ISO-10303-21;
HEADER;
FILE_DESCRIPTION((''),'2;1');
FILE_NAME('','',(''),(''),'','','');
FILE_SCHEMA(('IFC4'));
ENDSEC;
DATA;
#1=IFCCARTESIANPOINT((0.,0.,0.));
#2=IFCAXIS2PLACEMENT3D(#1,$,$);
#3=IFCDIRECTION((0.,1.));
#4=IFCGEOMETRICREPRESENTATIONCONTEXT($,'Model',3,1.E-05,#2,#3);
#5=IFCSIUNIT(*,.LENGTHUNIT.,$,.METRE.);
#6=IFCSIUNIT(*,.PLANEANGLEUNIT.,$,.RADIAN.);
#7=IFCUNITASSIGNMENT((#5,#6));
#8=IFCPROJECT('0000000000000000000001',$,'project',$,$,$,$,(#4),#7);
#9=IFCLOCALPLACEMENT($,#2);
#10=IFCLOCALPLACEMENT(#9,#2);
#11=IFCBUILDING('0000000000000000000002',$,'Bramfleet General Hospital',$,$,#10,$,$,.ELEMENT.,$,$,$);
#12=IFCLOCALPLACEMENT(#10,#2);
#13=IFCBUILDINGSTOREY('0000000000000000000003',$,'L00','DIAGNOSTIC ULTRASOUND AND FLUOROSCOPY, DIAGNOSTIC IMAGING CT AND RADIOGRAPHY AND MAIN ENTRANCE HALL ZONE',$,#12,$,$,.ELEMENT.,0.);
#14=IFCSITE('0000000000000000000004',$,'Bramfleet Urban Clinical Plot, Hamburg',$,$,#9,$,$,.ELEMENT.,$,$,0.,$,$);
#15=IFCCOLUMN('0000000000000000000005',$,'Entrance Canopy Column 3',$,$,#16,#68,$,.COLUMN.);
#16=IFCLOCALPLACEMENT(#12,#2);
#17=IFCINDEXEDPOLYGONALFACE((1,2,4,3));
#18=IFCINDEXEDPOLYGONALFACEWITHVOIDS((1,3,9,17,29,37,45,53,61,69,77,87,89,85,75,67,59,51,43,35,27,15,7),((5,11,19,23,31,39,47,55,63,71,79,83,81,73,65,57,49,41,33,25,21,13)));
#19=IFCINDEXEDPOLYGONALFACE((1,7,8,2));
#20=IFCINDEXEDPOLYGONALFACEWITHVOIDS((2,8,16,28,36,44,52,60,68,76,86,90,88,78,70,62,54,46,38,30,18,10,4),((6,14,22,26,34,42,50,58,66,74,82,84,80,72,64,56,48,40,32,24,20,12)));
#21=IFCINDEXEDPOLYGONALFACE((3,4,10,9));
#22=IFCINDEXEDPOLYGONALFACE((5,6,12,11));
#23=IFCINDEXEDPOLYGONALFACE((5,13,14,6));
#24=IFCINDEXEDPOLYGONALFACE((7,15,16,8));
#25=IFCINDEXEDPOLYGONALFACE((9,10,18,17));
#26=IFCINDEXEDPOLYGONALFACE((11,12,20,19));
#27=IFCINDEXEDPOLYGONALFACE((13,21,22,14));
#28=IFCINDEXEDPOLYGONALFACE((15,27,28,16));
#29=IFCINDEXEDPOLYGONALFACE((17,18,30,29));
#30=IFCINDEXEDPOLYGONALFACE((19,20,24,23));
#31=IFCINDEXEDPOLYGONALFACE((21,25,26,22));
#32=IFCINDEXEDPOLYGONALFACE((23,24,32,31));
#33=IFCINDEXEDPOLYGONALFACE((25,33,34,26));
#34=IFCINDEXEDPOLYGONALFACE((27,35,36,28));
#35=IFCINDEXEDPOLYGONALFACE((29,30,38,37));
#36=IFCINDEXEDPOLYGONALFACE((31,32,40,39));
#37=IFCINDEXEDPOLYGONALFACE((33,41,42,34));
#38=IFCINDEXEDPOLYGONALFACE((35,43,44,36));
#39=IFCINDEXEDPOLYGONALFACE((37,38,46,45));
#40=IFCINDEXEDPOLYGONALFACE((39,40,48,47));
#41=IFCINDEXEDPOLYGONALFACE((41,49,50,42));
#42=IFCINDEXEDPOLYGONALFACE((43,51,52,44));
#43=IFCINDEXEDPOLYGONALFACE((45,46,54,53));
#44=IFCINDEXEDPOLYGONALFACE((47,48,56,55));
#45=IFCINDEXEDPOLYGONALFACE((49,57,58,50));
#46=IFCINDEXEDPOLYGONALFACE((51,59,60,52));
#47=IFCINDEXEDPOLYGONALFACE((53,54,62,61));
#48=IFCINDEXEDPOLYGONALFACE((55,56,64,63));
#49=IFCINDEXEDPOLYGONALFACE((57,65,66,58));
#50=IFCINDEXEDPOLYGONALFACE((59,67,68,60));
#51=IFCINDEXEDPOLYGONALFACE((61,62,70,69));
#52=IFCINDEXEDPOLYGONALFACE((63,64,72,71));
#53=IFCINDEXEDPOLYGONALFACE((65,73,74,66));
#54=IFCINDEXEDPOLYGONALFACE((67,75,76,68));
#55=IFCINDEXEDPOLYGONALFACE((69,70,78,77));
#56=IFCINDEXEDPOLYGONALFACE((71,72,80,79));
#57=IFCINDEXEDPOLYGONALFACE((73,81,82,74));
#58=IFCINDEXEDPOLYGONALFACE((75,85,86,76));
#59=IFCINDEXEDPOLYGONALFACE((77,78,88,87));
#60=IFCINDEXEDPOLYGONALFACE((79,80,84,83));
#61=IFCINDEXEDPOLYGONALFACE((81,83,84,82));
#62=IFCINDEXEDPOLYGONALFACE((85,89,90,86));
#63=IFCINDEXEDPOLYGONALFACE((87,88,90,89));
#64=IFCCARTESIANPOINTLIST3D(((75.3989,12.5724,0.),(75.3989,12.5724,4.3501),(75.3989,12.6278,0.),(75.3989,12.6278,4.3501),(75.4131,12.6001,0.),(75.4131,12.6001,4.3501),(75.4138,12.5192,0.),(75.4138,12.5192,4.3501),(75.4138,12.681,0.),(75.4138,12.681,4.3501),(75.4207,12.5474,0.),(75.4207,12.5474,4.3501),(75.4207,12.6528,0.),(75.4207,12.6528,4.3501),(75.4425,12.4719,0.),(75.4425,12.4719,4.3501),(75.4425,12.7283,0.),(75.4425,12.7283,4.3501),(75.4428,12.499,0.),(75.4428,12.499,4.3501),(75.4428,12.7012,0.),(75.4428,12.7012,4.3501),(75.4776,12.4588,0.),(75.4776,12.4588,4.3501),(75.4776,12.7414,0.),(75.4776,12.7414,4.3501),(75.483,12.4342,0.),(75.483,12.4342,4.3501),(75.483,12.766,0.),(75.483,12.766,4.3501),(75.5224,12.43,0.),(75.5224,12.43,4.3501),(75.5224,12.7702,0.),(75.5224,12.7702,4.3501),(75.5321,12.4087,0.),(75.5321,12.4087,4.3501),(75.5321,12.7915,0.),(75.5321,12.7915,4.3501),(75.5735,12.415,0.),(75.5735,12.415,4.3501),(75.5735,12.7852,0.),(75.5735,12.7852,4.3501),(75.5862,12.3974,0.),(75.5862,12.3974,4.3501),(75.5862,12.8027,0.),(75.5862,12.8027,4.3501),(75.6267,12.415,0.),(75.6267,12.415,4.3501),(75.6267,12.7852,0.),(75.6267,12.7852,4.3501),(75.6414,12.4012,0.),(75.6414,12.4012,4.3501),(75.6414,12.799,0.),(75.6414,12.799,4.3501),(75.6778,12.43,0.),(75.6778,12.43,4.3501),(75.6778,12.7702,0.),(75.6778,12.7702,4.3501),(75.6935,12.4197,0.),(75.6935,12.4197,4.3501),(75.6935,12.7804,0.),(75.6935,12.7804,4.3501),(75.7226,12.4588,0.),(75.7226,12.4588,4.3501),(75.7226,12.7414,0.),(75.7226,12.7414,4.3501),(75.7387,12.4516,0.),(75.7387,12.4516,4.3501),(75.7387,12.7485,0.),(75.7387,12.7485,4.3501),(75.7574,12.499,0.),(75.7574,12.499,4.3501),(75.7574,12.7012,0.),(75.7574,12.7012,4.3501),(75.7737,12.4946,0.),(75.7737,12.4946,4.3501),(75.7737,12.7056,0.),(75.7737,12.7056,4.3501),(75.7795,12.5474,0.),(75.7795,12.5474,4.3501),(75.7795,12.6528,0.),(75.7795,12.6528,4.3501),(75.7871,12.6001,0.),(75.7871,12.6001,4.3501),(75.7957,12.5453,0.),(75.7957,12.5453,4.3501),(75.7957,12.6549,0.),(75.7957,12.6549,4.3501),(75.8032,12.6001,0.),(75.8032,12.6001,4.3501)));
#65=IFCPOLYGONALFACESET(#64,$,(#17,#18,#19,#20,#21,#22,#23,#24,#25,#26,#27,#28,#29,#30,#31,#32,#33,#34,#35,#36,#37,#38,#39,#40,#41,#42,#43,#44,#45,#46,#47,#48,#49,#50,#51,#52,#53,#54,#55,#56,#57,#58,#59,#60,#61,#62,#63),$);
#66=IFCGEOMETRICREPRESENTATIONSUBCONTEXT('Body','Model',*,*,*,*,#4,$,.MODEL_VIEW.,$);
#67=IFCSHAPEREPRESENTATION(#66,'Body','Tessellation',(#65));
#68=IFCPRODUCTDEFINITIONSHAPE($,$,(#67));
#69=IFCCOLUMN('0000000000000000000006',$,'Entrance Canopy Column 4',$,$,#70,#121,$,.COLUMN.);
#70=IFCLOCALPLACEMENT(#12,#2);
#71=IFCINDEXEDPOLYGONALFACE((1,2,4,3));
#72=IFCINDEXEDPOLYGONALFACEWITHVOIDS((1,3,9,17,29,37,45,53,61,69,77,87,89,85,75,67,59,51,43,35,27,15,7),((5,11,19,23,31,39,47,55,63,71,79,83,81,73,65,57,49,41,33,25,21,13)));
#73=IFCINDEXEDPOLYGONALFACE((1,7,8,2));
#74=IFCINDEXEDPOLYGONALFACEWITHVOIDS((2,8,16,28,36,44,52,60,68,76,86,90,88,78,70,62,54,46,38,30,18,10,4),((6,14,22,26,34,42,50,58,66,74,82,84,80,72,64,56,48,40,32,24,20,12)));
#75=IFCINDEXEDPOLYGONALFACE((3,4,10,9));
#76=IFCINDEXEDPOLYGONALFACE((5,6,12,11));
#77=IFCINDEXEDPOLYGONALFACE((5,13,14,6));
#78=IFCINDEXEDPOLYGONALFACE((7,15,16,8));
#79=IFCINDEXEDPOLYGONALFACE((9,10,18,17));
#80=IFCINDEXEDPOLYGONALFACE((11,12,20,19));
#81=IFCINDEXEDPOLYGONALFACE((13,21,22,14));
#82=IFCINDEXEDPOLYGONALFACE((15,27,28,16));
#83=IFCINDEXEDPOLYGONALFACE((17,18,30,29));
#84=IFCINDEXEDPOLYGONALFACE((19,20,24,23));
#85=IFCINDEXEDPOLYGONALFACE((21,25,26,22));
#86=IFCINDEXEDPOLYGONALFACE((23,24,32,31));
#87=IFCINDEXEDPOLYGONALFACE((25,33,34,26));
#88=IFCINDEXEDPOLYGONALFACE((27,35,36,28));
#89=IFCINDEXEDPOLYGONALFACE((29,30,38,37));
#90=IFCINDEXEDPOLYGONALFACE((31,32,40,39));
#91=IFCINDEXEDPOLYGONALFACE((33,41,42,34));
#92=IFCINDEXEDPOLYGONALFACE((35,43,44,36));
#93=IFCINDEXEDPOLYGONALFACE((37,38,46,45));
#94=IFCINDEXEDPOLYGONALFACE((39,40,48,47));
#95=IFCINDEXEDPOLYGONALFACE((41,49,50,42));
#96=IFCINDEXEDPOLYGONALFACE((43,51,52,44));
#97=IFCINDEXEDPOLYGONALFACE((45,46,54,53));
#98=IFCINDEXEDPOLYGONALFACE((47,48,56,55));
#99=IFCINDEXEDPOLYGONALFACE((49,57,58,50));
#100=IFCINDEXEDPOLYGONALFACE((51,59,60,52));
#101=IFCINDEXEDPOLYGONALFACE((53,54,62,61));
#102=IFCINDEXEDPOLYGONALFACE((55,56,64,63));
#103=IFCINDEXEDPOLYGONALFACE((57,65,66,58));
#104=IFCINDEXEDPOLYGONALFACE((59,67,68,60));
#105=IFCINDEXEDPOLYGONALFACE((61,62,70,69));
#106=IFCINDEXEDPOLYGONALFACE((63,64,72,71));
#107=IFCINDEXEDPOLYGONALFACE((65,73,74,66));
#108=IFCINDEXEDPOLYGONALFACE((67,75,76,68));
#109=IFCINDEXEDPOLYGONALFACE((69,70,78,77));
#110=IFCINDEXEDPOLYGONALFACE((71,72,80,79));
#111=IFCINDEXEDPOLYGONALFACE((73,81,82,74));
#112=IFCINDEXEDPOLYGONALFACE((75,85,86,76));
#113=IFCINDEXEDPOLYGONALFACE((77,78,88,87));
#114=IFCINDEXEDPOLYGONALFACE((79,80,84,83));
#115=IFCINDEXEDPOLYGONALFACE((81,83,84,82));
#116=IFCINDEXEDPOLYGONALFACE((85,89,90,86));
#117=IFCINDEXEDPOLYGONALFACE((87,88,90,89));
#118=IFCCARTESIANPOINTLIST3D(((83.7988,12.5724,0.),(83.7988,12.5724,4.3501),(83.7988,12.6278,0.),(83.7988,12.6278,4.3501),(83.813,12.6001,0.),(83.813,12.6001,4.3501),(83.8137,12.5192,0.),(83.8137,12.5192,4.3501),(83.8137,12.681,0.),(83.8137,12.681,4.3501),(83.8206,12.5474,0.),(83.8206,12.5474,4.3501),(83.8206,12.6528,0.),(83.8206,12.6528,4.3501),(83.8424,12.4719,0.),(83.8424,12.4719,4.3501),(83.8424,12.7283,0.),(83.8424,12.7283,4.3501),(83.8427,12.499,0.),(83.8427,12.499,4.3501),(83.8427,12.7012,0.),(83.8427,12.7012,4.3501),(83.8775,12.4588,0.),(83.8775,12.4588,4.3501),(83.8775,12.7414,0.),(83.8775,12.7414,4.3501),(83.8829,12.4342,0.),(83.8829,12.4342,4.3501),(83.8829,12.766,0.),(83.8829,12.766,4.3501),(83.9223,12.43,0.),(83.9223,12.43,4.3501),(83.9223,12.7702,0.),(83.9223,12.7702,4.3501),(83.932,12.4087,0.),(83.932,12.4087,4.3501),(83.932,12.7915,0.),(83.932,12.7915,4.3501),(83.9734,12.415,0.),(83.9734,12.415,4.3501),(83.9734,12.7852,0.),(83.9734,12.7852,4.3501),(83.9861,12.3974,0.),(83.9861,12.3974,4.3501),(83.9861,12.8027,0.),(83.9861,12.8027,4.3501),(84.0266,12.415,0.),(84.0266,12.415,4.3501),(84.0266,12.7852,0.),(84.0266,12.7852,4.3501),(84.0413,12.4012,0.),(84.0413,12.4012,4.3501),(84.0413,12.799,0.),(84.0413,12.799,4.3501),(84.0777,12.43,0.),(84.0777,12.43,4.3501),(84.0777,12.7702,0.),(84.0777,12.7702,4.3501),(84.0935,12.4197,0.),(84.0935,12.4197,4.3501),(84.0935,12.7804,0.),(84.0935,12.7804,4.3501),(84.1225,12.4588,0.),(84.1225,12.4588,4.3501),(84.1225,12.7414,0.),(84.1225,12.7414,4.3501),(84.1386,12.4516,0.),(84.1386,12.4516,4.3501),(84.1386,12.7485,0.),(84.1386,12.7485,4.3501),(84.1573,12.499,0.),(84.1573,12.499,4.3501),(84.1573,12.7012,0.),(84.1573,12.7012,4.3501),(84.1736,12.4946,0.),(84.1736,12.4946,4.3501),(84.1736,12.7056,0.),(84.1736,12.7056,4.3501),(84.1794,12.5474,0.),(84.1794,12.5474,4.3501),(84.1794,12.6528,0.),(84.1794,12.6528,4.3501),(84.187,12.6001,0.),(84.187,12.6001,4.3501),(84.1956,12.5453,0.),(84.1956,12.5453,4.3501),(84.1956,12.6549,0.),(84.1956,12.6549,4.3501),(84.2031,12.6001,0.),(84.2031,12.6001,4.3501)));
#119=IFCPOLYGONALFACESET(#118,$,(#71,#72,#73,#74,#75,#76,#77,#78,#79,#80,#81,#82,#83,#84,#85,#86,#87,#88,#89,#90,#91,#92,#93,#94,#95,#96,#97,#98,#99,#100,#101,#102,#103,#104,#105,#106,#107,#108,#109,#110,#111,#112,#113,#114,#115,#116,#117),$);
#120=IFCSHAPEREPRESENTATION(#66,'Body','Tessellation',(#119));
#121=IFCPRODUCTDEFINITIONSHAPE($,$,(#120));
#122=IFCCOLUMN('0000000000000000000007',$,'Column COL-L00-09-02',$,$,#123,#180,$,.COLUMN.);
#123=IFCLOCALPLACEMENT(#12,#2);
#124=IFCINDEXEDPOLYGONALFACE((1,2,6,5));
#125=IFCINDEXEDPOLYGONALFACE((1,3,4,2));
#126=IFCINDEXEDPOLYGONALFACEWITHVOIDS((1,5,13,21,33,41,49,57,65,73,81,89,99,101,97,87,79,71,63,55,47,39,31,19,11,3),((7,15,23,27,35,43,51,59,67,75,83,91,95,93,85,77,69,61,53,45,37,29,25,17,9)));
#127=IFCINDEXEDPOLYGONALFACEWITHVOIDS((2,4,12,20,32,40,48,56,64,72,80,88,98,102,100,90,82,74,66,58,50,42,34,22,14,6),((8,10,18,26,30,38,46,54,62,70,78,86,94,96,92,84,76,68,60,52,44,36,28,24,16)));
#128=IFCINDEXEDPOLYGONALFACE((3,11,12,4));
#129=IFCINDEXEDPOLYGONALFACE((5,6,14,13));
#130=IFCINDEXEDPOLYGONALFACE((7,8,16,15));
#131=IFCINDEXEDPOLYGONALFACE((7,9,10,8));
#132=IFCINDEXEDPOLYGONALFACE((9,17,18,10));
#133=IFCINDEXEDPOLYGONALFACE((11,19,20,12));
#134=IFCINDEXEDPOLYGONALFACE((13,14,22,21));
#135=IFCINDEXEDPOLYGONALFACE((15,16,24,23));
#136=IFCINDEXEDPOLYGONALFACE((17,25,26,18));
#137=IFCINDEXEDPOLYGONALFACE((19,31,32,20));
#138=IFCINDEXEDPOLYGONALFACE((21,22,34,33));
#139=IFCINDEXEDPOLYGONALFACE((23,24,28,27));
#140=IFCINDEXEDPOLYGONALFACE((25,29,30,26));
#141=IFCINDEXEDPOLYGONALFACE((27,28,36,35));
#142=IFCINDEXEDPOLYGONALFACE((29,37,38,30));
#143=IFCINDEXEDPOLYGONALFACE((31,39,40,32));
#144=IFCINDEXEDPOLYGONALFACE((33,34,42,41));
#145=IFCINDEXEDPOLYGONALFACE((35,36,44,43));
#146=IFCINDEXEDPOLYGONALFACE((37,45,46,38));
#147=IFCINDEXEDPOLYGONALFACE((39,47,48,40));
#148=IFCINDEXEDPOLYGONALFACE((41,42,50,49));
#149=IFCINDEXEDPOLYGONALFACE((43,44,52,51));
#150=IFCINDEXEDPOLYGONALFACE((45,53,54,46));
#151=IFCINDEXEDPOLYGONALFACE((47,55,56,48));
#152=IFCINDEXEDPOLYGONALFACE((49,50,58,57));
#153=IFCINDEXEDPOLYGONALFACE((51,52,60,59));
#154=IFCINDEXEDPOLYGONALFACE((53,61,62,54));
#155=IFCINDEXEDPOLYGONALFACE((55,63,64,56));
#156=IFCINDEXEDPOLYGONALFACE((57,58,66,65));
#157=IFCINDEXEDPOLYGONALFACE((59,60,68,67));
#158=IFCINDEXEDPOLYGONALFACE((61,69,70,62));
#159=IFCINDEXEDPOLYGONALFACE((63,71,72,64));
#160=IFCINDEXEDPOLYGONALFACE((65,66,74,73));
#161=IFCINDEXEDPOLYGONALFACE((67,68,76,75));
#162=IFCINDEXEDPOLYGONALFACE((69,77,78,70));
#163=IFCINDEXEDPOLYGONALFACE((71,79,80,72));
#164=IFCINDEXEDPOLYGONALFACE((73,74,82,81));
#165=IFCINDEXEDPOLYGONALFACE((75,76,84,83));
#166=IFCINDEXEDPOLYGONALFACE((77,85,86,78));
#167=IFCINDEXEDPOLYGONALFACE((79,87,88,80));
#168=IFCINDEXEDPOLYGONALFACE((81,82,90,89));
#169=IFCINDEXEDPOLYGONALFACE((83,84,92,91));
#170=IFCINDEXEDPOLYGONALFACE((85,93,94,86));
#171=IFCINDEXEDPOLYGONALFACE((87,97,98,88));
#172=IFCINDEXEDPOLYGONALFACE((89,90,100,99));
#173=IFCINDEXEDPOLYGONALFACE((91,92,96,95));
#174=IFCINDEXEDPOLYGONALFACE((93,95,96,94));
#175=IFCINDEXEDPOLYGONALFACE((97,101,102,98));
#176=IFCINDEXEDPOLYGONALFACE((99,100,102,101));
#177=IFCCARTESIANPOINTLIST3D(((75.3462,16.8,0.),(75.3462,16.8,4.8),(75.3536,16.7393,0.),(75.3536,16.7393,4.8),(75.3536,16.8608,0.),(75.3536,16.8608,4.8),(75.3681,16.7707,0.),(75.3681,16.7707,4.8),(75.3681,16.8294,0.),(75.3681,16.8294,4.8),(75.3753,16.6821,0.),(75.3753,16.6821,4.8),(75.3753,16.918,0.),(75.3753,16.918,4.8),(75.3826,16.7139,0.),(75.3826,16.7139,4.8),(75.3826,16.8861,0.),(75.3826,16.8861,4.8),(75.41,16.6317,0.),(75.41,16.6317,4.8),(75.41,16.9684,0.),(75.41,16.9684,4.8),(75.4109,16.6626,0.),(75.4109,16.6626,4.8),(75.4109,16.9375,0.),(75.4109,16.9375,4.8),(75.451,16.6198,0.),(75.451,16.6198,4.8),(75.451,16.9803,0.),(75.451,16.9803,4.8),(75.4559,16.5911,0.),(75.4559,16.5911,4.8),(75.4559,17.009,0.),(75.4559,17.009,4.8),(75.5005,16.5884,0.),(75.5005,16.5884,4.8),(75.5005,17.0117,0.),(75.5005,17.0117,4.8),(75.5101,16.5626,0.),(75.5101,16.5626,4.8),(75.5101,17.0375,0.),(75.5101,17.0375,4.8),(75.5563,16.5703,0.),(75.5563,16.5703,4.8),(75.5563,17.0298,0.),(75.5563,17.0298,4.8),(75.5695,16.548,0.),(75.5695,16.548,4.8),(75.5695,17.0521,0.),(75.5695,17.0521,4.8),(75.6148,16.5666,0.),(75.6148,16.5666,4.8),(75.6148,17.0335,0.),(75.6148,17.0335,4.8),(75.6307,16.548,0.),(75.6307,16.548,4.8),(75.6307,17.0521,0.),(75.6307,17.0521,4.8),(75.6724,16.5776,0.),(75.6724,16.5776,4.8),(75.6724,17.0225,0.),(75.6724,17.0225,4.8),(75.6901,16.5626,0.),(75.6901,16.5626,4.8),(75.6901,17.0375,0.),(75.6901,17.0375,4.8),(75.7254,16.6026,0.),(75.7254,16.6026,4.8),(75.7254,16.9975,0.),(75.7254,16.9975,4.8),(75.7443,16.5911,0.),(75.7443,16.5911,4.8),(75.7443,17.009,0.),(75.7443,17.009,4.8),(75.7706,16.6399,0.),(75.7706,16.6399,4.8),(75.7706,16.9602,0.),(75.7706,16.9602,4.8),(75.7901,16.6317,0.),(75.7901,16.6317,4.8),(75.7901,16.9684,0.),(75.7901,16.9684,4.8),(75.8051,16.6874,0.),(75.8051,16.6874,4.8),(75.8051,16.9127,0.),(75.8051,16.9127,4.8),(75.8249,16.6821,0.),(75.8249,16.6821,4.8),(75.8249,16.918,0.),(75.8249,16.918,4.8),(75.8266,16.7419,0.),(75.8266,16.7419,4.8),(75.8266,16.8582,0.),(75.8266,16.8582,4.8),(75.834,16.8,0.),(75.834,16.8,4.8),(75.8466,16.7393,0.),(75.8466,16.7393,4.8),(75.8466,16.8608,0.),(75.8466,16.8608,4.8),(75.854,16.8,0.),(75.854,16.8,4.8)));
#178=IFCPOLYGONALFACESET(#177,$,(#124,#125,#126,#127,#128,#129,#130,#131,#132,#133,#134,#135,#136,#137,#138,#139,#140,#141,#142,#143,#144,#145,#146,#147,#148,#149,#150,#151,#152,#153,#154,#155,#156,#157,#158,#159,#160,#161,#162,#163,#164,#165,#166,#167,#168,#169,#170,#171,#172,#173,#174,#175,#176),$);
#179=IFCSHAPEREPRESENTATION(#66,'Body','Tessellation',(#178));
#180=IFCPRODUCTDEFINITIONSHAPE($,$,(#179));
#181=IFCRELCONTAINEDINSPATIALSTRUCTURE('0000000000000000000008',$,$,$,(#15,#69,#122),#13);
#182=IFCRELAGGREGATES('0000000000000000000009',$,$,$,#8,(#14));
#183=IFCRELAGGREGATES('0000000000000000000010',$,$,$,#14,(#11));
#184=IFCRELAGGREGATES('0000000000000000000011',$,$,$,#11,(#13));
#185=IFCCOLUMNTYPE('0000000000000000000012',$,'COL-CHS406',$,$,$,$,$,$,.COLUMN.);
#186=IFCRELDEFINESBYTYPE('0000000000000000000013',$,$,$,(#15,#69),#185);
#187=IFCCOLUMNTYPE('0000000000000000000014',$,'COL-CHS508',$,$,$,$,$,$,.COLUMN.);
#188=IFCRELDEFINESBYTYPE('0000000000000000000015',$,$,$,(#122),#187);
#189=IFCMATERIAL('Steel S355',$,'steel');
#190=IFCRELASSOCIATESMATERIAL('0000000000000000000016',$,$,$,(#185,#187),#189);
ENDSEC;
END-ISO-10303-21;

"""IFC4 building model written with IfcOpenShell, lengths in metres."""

from ifc_helpers import new_model, si_unit, direction, frame, origin, origin_2d, place, context, subcontext, project, spatial, hollow_circle, extrude, material, material_profile, profile_set, type_object, element, save


model = new_model("IFC4")

# Units and contexts
model_context = context("Model", 3, precision=1e-05, world=origin(), true_north=direction((0.0, 1.0)))
body_context = subcontext(model_context, "Body", "Model", "MODEL_VIEW")
ifc_project = project(units=[si_unit("LENGTHUNIT", "METRE"), si_unit("PLANEANGLEUNIT", "RADIAN")], contexts=[model_context])

# Site, building, storey
site_placement = place(None, origin())
site = spatial("IfcSite", under=ifc_project, at=site_placement, Name="Bramfleet Urban Clinical Plot, Hamburg", CompositionType="ELEMENT", RefElevation=0.0)
building_placement = place(site_placement, origin())
building = spatial("IfcBuilding", under=site, at=building_placement, Name="Bramfleet General Hospital", CompositionType="ELEMENT")
storey_placement = place(building_placement, origin())
storey = spatial("IfcBuildingStorey", under=building, at=storey_placement, Name="L00", Description="DIAGNOSTIC ULTRASOUND AND FLUOROSCOPY, DIAGNOSTIC IMAGING CT AND RADIOGRAPHY AND MAIN ENTRANCE HALL ZONE", CompositionType="ELEMENT", Elevation=0.0)

# Columns
ifc_material_1 = material(Name="Steel S355", Category="steel")
ifc_material_profile_1 = material_profile(ifc_material_1, hollow_circle(Radius=0.2031, WallThickness=0.0161, at=origin_2d()), Name="CHS 406.4x16.0")
ifc_profile_set_1 = profile_set([ifc_material_profile_1], Name="Steel S355")
column_type_1 = type_object("IfcColumnType", Name="COL-CHS406", PredefinedType="COLUMN", material=ifc_profile_set_1)
for number, where, z_axis, x_axis, name in (
    (1, (75.6001, 12.6001, 0.0), (0.0, 0.0, 1.0), (1.0, 0.0, 0.0), "Entrance Canopy Column 3"),
    (2, (84.0, 12.6001, 0.0), (0.0, 0.0, 1.0), (1.0, 0.0, 0.0), "Entrance Canopy Column 4"),
):
    element("IfcColumn", number, at=place(storey_placement, frame(where, z_axis=z_axis, x_axis=x_axis)), inside=storey, type_object=column_type_1, Name=name, PredefinedType="COLUMN", context=body_context, shape_type="SweptSolid", body=[
        extrude(hollow_circle(Radius=0.2031, WallThickness=0.0161, at=origin_2d()), origin(), (0.0, 0.0, 1.0), 4.3501),
    ])
ifc_material_profile_2 = material_profile(ifc_material_1, hollow_circle(Radius=0.2539, WallThickness=0.02, at=origin_2d()), Name="CHS 508.0x20.0")
ifc_profile_set_2 = profile_set([ifc_material_profile_2], Name="Steel S355")
column_type_2 = type_object("IfcColumnType", Name="COL-CHS508", PredefinedType="COLUMN", material=ifc_profile_set_2)
for number, where, z_axis, x_axis, name in (
    (3, (75.6001, 16.8, 0.0), (0.0, 0.0, 1.0), (1.0, 0.0, 0.0), "Column COL-L00-09-02"),
):
    element("IfcColumn", number, at=place(storey_placement, frame(where, z_axis=z_axis, x_axis=x_axis)), inside=storey, type_object=column_type_2, Name=name, PredefinedType="COLUMN", context=body_context, shape_type="SweptSolid", body=[
        extrude(hollow_circle(Radius=0.2539, WallThickness=0.02, at=origin_2d()), origin(), (0.0, 0.0, 1.0), 4.8),
    ])

save(model, "model.ifc")
